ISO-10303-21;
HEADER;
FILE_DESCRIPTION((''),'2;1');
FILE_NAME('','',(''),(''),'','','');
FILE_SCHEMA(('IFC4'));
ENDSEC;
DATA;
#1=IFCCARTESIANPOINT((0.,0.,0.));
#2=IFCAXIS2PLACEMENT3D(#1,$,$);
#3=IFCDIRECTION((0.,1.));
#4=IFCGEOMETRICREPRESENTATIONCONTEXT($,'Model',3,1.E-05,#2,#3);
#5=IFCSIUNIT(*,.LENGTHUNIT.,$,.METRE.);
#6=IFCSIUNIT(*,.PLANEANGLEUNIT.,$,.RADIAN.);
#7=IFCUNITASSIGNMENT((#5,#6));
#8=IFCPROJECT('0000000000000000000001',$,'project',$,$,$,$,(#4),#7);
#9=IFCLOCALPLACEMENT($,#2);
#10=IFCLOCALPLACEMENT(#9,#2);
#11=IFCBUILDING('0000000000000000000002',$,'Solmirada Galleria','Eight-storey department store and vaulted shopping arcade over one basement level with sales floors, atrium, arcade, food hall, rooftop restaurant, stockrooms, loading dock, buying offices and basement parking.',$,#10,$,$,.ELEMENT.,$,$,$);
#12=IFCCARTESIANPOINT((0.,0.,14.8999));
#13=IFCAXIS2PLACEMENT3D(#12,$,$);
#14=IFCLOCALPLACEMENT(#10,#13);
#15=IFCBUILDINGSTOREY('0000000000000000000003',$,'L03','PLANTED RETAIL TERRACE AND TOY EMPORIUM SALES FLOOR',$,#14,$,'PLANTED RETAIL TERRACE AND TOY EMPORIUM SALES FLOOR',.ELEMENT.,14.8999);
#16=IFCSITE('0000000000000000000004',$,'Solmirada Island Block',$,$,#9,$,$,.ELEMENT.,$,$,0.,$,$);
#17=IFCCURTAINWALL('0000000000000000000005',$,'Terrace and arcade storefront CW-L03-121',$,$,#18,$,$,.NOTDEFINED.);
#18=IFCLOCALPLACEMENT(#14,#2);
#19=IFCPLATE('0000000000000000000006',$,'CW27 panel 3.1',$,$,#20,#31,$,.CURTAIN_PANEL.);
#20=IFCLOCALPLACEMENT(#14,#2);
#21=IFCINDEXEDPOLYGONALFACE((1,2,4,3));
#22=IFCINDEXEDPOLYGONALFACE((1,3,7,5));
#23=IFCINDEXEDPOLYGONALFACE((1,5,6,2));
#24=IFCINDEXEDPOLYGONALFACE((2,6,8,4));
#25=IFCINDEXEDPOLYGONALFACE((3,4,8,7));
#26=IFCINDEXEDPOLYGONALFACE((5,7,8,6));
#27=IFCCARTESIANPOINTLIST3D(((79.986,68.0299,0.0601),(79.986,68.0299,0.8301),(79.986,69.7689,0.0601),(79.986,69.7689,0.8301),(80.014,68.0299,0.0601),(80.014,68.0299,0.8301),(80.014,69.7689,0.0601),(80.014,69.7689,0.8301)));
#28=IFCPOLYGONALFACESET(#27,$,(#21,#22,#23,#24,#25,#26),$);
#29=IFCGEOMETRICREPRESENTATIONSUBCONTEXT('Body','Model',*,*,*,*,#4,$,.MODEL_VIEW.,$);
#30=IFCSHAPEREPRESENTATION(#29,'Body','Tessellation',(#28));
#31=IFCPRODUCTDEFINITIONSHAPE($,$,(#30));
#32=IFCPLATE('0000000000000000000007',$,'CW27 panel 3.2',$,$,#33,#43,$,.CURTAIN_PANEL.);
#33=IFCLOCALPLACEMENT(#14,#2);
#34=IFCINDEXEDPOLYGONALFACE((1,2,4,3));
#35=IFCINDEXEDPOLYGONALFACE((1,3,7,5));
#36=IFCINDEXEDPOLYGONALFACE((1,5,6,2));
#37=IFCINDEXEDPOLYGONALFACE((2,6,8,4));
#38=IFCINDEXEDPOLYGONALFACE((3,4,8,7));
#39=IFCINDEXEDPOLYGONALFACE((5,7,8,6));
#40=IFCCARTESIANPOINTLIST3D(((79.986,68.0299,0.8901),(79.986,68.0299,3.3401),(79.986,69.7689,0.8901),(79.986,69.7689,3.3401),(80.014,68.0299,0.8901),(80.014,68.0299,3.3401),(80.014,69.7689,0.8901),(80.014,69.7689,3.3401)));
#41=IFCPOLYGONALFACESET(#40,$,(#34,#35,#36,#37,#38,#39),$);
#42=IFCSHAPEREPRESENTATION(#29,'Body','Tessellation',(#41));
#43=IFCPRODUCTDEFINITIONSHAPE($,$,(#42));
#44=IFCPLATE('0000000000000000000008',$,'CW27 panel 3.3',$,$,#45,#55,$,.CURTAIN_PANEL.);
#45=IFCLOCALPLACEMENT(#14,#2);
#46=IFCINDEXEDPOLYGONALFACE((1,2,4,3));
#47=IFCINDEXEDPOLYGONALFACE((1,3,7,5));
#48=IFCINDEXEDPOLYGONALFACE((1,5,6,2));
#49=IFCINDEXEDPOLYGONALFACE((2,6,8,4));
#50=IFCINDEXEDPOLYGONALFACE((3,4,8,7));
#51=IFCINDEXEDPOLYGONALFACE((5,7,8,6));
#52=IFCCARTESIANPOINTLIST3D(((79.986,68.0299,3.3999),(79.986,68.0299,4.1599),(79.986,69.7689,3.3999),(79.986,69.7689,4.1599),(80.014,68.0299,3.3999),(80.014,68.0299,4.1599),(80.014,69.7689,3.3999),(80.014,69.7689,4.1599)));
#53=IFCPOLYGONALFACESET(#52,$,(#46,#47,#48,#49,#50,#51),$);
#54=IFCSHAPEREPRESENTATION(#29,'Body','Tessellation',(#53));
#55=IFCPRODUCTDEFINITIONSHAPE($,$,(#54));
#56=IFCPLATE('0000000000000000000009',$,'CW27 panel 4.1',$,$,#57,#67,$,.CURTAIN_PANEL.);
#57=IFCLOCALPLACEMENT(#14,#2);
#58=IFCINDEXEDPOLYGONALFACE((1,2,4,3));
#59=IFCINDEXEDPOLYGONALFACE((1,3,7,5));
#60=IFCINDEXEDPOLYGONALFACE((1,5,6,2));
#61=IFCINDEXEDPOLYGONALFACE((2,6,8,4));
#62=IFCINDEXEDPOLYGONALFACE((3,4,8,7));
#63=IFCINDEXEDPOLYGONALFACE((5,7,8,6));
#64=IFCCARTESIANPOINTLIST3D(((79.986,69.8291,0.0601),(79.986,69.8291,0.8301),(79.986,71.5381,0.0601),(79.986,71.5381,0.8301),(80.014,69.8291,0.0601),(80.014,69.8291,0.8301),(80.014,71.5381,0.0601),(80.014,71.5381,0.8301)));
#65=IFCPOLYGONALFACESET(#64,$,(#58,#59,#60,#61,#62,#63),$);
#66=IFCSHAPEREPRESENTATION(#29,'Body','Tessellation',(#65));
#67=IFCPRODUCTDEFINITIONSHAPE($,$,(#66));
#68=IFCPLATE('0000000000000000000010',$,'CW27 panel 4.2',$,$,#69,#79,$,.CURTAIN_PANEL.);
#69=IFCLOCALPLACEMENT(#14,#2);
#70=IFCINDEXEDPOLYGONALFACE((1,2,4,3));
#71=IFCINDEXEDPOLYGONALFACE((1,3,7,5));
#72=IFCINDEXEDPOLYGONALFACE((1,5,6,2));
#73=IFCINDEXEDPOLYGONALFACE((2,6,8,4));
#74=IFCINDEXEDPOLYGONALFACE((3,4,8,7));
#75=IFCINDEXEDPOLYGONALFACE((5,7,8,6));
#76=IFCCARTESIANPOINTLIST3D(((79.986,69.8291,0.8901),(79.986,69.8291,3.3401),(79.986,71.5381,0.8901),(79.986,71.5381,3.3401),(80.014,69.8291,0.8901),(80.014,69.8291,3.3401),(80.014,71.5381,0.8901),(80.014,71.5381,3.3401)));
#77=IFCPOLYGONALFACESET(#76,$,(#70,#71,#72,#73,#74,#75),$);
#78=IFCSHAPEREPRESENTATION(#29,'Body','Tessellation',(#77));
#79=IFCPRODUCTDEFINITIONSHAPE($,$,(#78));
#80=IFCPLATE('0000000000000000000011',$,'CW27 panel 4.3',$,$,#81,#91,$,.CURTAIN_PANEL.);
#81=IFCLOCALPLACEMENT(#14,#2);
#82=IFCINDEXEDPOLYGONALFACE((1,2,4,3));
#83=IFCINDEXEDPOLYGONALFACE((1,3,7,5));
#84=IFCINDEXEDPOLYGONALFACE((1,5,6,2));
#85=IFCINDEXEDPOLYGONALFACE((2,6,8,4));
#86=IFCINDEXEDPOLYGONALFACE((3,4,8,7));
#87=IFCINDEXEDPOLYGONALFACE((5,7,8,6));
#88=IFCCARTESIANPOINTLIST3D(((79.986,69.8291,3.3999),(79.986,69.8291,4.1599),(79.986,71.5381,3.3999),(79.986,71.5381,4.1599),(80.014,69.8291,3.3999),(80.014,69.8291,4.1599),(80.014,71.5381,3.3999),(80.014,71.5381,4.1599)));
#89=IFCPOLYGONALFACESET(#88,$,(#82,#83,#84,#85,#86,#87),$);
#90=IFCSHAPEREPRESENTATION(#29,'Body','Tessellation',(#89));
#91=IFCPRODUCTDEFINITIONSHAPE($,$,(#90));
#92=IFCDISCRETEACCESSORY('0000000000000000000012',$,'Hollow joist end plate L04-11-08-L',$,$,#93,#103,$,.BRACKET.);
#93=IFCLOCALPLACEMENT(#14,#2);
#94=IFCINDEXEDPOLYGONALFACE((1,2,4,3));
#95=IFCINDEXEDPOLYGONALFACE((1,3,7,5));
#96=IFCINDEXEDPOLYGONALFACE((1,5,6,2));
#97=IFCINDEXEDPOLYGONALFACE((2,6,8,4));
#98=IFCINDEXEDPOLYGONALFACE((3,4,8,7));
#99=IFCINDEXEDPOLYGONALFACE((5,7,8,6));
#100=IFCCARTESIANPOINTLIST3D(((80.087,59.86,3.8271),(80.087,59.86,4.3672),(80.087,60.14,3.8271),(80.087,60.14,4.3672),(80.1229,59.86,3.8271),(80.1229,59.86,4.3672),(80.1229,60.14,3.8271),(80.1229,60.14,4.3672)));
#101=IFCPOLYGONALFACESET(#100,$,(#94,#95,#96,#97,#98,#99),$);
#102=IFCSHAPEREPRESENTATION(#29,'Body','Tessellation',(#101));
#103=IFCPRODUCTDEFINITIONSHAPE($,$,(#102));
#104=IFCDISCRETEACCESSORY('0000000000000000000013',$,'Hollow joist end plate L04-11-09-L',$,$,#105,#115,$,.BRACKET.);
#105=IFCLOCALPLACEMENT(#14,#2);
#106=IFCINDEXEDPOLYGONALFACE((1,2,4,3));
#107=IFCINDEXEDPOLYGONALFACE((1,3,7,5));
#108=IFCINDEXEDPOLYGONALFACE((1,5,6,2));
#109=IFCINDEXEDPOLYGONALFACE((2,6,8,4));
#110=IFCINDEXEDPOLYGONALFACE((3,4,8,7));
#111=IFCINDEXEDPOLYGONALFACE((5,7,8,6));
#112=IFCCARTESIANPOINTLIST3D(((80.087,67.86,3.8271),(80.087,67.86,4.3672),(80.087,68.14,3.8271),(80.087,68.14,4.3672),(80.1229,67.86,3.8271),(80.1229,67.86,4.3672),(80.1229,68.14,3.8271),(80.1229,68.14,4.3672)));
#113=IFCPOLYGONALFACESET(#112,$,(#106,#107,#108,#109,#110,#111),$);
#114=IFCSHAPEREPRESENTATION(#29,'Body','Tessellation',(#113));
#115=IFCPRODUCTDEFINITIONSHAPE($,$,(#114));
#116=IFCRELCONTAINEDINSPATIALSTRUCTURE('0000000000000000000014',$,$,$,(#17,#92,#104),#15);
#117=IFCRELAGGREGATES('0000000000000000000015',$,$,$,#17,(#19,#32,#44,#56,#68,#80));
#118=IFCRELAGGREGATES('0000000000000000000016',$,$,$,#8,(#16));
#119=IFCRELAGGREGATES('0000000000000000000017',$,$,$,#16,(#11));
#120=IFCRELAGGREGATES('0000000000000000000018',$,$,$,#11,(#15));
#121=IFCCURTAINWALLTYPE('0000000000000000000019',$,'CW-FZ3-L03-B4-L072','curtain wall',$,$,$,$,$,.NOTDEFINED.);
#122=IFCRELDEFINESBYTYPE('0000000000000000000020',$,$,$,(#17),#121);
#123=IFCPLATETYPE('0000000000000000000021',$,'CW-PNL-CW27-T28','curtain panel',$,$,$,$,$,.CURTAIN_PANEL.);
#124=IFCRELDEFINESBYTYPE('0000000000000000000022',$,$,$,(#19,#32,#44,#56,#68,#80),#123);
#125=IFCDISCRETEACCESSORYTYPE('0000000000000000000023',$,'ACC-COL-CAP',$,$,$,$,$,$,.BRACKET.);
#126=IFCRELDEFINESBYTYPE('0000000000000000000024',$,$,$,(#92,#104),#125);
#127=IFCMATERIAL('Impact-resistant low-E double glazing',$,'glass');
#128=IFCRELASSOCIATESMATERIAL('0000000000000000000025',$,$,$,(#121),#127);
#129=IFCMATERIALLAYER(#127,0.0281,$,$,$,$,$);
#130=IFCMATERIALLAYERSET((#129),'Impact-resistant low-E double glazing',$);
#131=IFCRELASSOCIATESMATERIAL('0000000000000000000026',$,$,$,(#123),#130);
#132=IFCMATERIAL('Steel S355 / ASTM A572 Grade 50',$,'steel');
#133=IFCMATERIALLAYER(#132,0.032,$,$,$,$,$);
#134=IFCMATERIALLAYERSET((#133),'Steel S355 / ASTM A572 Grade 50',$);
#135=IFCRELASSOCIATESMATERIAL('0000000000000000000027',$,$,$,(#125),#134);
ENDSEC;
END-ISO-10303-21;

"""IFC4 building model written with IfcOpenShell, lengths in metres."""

from ifc_helpers import new_model, si_unit, direction, frame, origin, origin_2d, place, context, subcontext, project, spatial, rectangle, extrude, material, layer, layer_set, type_object, element, aggregate, save


model = new_model("IFC4")

# Units and contexts
model_context = context("Model", 3, precision=1e-05, world=origin(), true_north=direction((0.0, 1.0)))
body_context = subcontext(model_context, "Body", "Model", "MODEL_VIEW")
ifc_project = project(units=[si_unit("LENGTHUNIT", "METRE"), si_unit("PLANEANGLEUNIT", "RADIAN")], contexts=[model_context])

# Site, building, storey
site_placement = place(None, origin())
site = spatial("IfcSite", under=ifc_project, at=site_placement, Name="Solmirada Island Block", CompositionType="ELEMENT", RefElevation=0.0)
building_placement = place(site_placement, origin())
building = spatial("IfcBuilding", under=site, at=building_placement, Name="Solmirada Galleria", Description="Eight-storey department store and vaulted shopping arcade over one basement level with sales floors, atrium, arcade, food hall, rooftop restaurant, stockrooms, loading dock, buying offices and basement parking.", CompositionType="ELEMENT")
storey_placement = place(building_placement, frame((0.0, 0.0, 14.8999)))
storey = spatial("IfcBuildingStorey", under=building, at=storey_placement, Name="L03", Description="PLANTED RETAIL TERRACE AND TOY EMPORIUM SALES FLOOR", LongName="PLANTED RETAIL TERRACE AND TOY EMPORIUM SALES FLOOR", CompositionType="ELEMENT", Elevation=14.8999)

# Curtain wall, plates
ifc_material_1 = material(Name="Impact-resistant low-E double glazing", Category="glass")
curtain_wall_type = type_object("IfcCurtainWallType", Name="CW-FZ3-L03-B4-L072", Description="curtain wall", PredefinedType="NOTDEFINED", material=ifc_material_1)
curtain_wall_placement = place(storey_placement, origin())
curtain_wall = element("IfcCurtainWall", 1, at=curtain_wall_placement, inside=storey, type_object=curtain_wall_type, Name="Terrace and arcade storefront CW-L03-121", PredefinedType="NOTDEFINED")
ifc_layer_1 = layer(ifc_material_1, 0.0281)
ifc_layer_set_1 = layer_set([ifc_layer_1], Name="Impact-resistant low-E double glazing")
plate_type = type_object("IfcPlateType", Name="CW-PNL-CW27-T28", Description="curtain panel", PredefinedType="CURTAIN_PANEL", material=ifc_layer_set_1)
plate_1_placement = place(storey_placement, frame((80.0, 68.8994, 0.0601), z_axis=(0.0, 0.0, 1.0), x_axis=(0.0, 1.0, 0.0)))
plate_1 = element("IfcPlate", 2, at=plate_1_placement, type_object=plate_type, Name="CW27 panel 3.1", PredefinedType="CURTAIN_PANEL", context=body_context, shape_type="SweptSolid", body=[
    extrude(rectangle(XDim=1.739, YDim=0.0281, at=origin_2d()), origin(), (0.0, 0.0, 1.0), 0.77),
])
plate_2_placement = place(storey_placement, frame((80.0, 68.8994, 0.8901), z_axis=(0.0, 0.0, 1.0), x_axis=(0.0, 1.0, 0.0)))
plate_2 = element("IfcPlate", 3, at=plate_2_placement, type_object=plate_type, Name="CW27 panel 3.2", PredefinedType="CURTAIN_PANEL", context=body_context, shape_type="SweptSolid", body=[
    extrude(rectangle(XDim=1.739, YDim=0.0281, at=origin_2d()), origin(), (0.0, 0.0, 1.0), 2.45),
])
plate_3_placement = place(storey_placement, frame((80.0, 68.8994, 3.3999), z_axis=(0.0, 0.0, 1.0), x_axis=(0.0, 1.0, 0.0)))
plate_3 = element("IfcPlate", 4, at=plate_3_placement, type_object=plate_type, Name="CW27 panel 3.3", PredefinedType="CURTAIN_PANEL", context=body_context, shape_type="SweptSolid", body=[
    extrude(rectangle(XDim=1.739, YDim=0.0281, at=origin_2d()), origin(), (0.0, 0.0, 1.0), 0.76),
])
plate_4_placement = place(storey_placement, frame((80.0, 70.6836, 0.0601), z_axis=(0.0, 0.0, 1.0), x_axis=(0.0, 1.0, 0.0)))
plate_4 = element("IfcPlate", 5, at=plate_4_placement, type_object=plate_type, Name="CW27 panel 4.1", PredefinedType="CURTAIN_PANEL", context=body_context, shape_type="SweptSolid", body=[
    extrude(rectangle(XDim=1.709, YDim=0.0281, at=origin_2d()), origin(), (0.0, 0.0, 1.0), 0.77),
])
plate_5_placement = place(storey_placement, frame((80.0, 70.6836, 0.8901), z_axis=(0.0, 0.0, 1.0), x_axis=(0.0, 1.0, 0.0)))
plate_5 = element("IfcPlate", 6, at=plate_5_placement, type_object=plate_type, Name="CW27 panel 4.2", PredefinedType="CURTAIN_PANEL", context=body_context, shape_type="SweptSolid", body=[
    extrude(rectangle(XDim=1.709, YDim=0.0281, at=origin_2d()), origin(), (0.0, 0.0, 1.0), 2.45),
])
plate_6_placement = place(storey_placement, frame((80.0, 70.6836, 3.3999), z_axis=(0.0, 0.0, 1.0), x_axis=(0.0, 1.0, 0.0)))
plate_6 = element("IfcPlate", 7, at=plate_6_placement, type_object=plate_type, Name="CW27 panel 4.3", PredefinedType="CURTAIN_PANEL", context=body_context, shape_type="SweptSolid", body=[
    extrude(rectangle(XDim=1.709, YDim=0.0281, at=origin_2d()), origin(), (0.0, 0.0, 1.0), 0.76),
])
aggregate(curtain_wall, [plate_1, plate_2, plate_3, plate_4, plate_5, plate_6])

# Discrete accessories
ifc_material_2 = material(Name="Steel S355 / ASTM A572 Grade 50", Category="steel")
ifc_layer_2 = layer(ifc_material_2, 0.032)
ifc_layer_set_2 = layer_set([ifc_layer_2], Name="Steel S355 / ASTM A572 Grade 50")
discrete_accessory_type = type_object("IfcDiscreteAccessoryType", Name="ACC-COL-CAP", PredefinedType="BRACKET", material=ifc_layer_set_2)
for number, where, z_axis, x_axis, name in (
    (8, (80.105, 60.0, 3.8271), (0.0, 0.0, 1.0), (1.0, 0.0, 0.0), "Hollow joist end plate L04-11-08-L"),
    (9, (80.105, 68.0, 3.8271), (0.0, 0.0, 1.0), (1.0, 0.0, 0.0), "Hollow joist end plate L04-11-09-L"),
):
    element("IfcDiscreteAccessory", number, at=place(storey_placement, frame(where, z_axis=z_axis, x_axis=x_axis)), inside=storey, type_object=discrete_accessory_type, Name=name, PredefinedType="BRACKET", context=body_context, shape_type="SweptSolid", body=[
        extrude(rectangle(XDim=0.0359, YDim=0.28, at=origin_2d()), origin(), (0.0, 0.0, 1.0), 0.54),
    ])

save(model, "model.ifc")
